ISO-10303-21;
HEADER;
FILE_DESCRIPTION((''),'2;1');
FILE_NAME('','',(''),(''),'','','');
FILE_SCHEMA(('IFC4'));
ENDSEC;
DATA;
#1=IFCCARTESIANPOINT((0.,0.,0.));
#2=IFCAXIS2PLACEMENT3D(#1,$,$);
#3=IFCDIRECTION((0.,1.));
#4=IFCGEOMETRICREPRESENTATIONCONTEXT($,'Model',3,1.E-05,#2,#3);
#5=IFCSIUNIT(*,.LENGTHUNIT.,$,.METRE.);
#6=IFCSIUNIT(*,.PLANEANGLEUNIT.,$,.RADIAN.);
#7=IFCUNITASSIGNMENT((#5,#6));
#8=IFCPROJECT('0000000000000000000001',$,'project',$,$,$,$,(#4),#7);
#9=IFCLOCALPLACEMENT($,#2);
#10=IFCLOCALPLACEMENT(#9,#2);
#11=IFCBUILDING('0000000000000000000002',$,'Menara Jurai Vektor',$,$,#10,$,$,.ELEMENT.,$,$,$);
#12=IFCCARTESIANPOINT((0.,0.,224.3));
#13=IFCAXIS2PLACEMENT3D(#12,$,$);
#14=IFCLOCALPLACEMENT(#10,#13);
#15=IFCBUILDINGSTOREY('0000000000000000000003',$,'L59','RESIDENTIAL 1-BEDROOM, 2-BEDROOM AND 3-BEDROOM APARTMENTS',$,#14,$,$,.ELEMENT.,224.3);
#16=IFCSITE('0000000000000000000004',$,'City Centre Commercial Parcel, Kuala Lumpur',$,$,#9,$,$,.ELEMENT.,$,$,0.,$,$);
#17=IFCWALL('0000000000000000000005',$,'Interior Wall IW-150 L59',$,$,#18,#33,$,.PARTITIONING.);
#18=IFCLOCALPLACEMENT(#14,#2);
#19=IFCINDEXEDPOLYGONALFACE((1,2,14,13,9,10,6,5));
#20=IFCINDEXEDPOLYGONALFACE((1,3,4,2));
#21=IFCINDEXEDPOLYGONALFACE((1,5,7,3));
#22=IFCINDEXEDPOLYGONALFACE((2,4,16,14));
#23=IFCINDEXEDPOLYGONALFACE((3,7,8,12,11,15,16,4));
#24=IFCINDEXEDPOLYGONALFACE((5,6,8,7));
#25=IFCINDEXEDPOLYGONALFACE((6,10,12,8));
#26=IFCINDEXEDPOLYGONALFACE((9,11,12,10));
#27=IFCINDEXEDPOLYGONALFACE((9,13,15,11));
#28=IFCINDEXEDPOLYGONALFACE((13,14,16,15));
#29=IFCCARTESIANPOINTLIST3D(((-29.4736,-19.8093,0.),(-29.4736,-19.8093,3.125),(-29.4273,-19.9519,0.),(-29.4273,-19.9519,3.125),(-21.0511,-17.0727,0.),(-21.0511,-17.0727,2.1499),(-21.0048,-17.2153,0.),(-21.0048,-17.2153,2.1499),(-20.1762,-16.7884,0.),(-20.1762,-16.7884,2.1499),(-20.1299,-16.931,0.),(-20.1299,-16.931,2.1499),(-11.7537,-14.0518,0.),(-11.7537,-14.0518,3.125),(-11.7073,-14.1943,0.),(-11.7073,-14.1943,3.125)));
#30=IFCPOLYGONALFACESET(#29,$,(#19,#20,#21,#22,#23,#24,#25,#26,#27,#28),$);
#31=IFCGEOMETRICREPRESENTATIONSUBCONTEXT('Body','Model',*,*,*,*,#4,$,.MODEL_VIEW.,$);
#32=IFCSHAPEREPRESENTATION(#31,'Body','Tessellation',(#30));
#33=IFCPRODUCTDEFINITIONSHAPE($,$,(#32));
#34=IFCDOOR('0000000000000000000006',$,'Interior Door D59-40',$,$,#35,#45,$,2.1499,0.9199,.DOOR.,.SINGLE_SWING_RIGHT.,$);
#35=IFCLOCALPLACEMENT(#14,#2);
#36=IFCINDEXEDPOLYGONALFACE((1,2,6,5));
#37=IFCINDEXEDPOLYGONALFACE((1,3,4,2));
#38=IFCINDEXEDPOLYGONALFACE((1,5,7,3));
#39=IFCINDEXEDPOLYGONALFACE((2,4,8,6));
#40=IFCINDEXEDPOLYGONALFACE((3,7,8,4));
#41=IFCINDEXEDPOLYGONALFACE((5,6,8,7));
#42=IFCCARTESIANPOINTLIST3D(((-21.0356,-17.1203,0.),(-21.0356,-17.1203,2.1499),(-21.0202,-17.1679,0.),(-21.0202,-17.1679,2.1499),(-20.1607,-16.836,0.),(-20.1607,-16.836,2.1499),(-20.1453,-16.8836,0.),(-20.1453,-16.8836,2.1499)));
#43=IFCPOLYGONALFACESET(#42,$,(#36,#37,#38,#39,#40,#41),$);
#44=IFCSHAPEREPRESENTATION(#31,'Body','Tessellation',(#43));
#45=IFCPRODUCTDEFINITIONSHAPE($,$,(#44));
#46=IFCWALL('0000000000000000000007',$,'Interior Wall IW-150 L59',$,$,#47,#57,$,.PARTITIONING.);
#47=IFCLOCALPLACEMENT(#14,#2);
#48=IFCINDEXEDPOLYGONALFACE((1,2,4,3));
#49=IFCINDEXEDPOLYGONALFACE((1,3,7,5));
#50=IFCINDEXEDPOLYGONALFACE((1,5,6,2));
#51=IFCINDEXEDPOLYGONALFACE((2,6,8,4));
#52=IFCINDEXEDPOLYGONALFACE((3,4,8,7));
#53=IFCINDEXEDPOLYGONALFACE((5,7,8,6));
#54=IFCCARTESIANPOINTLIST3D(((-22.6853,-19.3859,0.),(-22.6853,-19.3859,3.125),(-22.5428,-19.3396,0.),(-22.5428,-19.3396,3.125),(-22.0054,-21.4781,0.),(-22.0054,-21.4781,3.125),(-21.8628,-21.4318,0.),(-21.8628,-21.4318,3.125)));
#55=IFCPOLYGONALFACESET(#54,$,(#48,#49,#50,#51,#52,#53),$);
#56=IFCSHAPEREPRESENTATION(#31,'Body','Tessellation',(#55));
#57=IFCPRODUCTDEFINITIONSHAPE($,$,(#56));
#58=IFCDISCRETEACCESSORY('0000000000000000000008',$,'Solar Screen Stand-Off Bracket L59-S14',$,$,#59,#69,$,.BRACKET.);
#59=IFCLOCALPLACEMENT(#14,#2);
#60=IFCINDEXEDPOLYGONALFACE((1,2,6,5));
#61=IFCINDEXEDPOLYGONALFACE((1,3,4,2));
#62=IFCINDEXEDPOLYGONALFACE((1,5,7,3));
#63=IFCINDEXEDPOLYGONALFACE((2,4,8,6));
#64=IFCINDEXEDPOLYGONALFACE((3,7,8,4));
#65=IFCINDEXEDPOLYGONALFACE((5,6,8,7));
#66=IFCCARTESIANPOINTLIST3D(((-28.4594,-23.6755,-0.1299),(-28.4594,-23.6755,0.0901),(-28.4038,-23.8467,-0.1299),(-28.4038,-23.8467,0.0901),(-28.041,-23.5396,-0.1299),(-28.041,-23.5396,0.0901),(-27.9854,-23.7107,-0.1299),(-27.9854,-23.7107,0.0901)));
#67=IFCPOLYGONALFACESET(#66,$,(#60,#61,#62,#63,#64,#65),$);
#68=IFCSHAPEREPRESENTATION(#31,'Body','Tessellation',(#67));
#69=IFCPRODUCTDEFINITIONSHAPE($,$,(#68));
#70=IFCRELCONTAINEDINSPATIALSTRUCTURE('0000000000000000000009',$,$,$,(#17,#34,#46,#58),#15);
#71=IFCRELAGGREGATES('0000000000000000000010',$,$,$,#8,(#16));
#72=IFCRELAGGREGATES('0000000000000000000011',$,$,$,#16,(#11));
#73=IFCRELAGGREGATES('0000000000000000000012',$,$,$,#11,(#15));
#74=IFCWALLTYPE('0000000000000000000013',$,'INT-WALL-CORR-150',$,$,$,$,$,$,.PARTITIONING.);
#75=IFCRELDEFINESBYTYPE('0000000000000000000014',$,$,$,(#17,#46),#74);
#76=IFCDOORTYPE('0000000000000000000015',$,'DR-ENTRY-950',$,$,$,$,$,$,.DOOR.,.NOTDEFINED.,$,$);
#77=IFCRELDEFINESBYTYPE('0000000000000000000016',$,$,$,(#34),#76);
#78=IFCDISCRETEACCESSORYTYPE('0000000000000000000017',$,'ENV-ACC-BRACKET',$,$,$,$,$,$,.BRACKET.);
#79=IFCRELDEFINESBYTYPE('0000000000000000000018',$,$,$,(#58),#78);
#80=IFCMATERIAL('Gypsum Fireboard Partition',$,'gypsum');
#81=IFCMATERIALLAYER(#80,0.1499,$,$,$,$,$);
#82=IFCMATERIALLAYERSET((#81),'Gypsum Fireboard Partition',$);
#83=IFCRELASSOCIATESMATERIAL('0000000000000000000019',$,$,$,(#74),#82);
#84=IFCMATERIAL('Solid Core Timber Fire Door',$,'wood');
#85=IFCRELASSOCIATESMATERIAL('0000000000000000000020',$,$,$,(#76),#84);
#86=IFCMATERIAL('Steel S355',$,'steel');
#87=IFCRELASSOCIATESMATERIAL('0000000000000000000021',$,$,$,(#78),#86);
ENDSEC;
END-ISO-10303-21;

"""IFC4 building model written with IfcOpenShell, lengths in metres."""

from ifc_helpers import new_model, si_unit, direction, frame, frame_2d, origin, origin_2d, place, context, subcontext, project, spatial, rectangle, extrude, material, layer, layer_set, type_object, element, fill, save


model = new_model("IFC4")

# Units and contexts
model_context = context("Model", 3, precision=1e-05, world=origin(), true_north=direction((0.0, 1.0)))
body_context = subcontext(model_context, "Body", "Model", "MODEL_VIEW")
ifc_project = project(units=[si_unit("LENGTHUNIT", "METRE"), si_unit("PLANEANGLEUNIT", "RADIAN")], contexts=[model_context])

# Site, building, storey
site_placement = place(None, origin())
site = spatial("IfcSite", under=ifc_project, at=site_placement, Name="City Centre Commercial Parcel, Kuala Lumpur", CompositionType="ELEMENT", RefElevation=0.0)
building_placement = place(site_placement, origin())
building = spatial("IfcBuilding", under=site, at=building_placement, Name="Menara Jurai Vektor", CompositionType="ELEMENT")
storey_placement = place(building_placement, frame((0.0, 0.0, 224.3)))
storey = spatial("IfcBuildingStorey", under=building, at=storey_placement, Name="L59", Description="RESIDENTIAL 1-BEDROOM, 2-BEDROOM AND 3-BEDROOM APARTMENTS", CompositionType="ELEMENT", Elevation=224.3)

# Shared definitions
ifc_material_1 = material(Name="Steel S355", Category="steel")

# Shared definitions
ifc_material_2 = material(Name="Gypsum Fireboard Partition", Category="gypsum")
ifc_layer_1 = layer(ifc_material_2, 0.1499)
ifc_layer_set_1 = layer_set([ifc_layer_1], Name="Gypsum Fireboard Partition")
wall_type = type_object("IfcWallType", Name="INT-WALL-CORR-150", PredefinedType="PARTITIONING", material=ifc_layer_set_1)

# Wall, opening, door
wall_1_placement = place(storey_placement, frame((-29.4504, -19.8806, 0.0), z_axis=(0.0, 0.0, 1.0), x_axis=(0.951057, 0.309017, 0.0)))
wall_1 = element("IfcWall", 1, at=wall_1_placement, inside=storey, type_object=wall_type, Name="Interior Wall IW-150 L59", PredefinedType="PARTITIONING", context=body_context, shape_type="SweptSolid", body=[
    extrude(rectangle(XDim=18.6318, YDim=0.1499, at=frame_2d((9.3159, 0.0))), origin(), (0.0, 0.0, 1.0), 3.125),
])
opening_1_placement = place(wall_1_placement, frame((8.856, 0.0, 0.0)))
opening_1 = element("IfcOpeningElement", 2, at=opening_1_placement, cuts=wall_1, PredefinedType="OPENING", context=body_context, shape_type="SweptSolid", body=[
    extrude(rectangle(XDim=0.9199, YDim=2.1499, at=frame_2d((0.46, 1.075))), frame((0.0, 0.085, 0.0), z_axis=(0.0, -1.0, 0.0), x_axis=(1.0, 0.0, 0.0)), (0.0, 0.0, 1.0), 0.1699),
])
ifc_material_3 = material(Name="Solid Core Timber Fire Door", Category="wood")
door_type_1 = type_object("IfcDoorType", Name="DR-ENTRY-950", OperationType="NOTDEFINED", PredefinedType="DOOR", material=ifc_material_3)
door_1_placement = place(opening_1_placement, origin())
door_1 = element("IfcDoor", 3, at=door_1_placement, inside=storey, type_object=door_type_1, Name="Interior Door D59-40", OperationType="SINGLE_SWING_RIGHT", OverallHeight=2.1499, OverallWidth=0.9199, PredefinedType="DOOR", context=body_context, shape_type="SweptSolid", body=[
    extrude(rectangle(XDim=0.9199, YDim=2.1499, at=frame_2d((0.46, 1.075))), frame((0.0, 0.0249, 0.0), z_axis=(0.0, -1.0, 0.0), x_axis=(1.0, 0.0, 0.0)), (0.0, 0.0, 1.0), 0.05),
])
fill(opening_1, door_1)

# Wall
wall_2_placement = place(storey_placement, frame((-21.9341, -21.4551, 0.0), z_axis=(0.0, 0.0, 1.0), x_axis=(-0.309061, 0.951042, 0.0)))
element("IfcWall", 4, at=wall_2_placement, inside=storey, type_object=wall_type, Name="Interior Wall IW-150 L59", PredefinedType="PARTITIONING", context=body_context, shape_type="SweptSolid", body=[
    extrude(rectangle(XDim=2.2, YDim=0.1499, at=frame_2d((1.1001, 0.0))), origin(), (0.0, 0.0, 1.0), 3.125),
])

# Discrete accessory
discrete_accessory_type = type_object("IfcDiscreteAccessoryType", Name="ENV-ACC-BRACKET", PredefinedType="BRACKET", material=ifc_material_1)
discrete_accessory_placement = place(storey_placement, frame((-28.2224, -23.6931, -0.1299), z_axis=(0.0, 0.0, 1.0), x_axis=(0.309017, -0.951057, 0.0)))
element("IfcDiscreteAccessory", 5, at=discrete_accessory_placement, inside=storey, type_object=discrete_accessory_type, Name="Solar Screen Stand-Off Bracket L59-S14", PredefinedType="BRACKET", context=body_context, shape_type="SweptSolid", body=[
    extrude(rectangle(XDim=0.1799, YDim=0.4399, at=origin_2d()), origin(), (0.0, 0.0, 1.0), 0.22),
])

save(model, "model.ifc")
